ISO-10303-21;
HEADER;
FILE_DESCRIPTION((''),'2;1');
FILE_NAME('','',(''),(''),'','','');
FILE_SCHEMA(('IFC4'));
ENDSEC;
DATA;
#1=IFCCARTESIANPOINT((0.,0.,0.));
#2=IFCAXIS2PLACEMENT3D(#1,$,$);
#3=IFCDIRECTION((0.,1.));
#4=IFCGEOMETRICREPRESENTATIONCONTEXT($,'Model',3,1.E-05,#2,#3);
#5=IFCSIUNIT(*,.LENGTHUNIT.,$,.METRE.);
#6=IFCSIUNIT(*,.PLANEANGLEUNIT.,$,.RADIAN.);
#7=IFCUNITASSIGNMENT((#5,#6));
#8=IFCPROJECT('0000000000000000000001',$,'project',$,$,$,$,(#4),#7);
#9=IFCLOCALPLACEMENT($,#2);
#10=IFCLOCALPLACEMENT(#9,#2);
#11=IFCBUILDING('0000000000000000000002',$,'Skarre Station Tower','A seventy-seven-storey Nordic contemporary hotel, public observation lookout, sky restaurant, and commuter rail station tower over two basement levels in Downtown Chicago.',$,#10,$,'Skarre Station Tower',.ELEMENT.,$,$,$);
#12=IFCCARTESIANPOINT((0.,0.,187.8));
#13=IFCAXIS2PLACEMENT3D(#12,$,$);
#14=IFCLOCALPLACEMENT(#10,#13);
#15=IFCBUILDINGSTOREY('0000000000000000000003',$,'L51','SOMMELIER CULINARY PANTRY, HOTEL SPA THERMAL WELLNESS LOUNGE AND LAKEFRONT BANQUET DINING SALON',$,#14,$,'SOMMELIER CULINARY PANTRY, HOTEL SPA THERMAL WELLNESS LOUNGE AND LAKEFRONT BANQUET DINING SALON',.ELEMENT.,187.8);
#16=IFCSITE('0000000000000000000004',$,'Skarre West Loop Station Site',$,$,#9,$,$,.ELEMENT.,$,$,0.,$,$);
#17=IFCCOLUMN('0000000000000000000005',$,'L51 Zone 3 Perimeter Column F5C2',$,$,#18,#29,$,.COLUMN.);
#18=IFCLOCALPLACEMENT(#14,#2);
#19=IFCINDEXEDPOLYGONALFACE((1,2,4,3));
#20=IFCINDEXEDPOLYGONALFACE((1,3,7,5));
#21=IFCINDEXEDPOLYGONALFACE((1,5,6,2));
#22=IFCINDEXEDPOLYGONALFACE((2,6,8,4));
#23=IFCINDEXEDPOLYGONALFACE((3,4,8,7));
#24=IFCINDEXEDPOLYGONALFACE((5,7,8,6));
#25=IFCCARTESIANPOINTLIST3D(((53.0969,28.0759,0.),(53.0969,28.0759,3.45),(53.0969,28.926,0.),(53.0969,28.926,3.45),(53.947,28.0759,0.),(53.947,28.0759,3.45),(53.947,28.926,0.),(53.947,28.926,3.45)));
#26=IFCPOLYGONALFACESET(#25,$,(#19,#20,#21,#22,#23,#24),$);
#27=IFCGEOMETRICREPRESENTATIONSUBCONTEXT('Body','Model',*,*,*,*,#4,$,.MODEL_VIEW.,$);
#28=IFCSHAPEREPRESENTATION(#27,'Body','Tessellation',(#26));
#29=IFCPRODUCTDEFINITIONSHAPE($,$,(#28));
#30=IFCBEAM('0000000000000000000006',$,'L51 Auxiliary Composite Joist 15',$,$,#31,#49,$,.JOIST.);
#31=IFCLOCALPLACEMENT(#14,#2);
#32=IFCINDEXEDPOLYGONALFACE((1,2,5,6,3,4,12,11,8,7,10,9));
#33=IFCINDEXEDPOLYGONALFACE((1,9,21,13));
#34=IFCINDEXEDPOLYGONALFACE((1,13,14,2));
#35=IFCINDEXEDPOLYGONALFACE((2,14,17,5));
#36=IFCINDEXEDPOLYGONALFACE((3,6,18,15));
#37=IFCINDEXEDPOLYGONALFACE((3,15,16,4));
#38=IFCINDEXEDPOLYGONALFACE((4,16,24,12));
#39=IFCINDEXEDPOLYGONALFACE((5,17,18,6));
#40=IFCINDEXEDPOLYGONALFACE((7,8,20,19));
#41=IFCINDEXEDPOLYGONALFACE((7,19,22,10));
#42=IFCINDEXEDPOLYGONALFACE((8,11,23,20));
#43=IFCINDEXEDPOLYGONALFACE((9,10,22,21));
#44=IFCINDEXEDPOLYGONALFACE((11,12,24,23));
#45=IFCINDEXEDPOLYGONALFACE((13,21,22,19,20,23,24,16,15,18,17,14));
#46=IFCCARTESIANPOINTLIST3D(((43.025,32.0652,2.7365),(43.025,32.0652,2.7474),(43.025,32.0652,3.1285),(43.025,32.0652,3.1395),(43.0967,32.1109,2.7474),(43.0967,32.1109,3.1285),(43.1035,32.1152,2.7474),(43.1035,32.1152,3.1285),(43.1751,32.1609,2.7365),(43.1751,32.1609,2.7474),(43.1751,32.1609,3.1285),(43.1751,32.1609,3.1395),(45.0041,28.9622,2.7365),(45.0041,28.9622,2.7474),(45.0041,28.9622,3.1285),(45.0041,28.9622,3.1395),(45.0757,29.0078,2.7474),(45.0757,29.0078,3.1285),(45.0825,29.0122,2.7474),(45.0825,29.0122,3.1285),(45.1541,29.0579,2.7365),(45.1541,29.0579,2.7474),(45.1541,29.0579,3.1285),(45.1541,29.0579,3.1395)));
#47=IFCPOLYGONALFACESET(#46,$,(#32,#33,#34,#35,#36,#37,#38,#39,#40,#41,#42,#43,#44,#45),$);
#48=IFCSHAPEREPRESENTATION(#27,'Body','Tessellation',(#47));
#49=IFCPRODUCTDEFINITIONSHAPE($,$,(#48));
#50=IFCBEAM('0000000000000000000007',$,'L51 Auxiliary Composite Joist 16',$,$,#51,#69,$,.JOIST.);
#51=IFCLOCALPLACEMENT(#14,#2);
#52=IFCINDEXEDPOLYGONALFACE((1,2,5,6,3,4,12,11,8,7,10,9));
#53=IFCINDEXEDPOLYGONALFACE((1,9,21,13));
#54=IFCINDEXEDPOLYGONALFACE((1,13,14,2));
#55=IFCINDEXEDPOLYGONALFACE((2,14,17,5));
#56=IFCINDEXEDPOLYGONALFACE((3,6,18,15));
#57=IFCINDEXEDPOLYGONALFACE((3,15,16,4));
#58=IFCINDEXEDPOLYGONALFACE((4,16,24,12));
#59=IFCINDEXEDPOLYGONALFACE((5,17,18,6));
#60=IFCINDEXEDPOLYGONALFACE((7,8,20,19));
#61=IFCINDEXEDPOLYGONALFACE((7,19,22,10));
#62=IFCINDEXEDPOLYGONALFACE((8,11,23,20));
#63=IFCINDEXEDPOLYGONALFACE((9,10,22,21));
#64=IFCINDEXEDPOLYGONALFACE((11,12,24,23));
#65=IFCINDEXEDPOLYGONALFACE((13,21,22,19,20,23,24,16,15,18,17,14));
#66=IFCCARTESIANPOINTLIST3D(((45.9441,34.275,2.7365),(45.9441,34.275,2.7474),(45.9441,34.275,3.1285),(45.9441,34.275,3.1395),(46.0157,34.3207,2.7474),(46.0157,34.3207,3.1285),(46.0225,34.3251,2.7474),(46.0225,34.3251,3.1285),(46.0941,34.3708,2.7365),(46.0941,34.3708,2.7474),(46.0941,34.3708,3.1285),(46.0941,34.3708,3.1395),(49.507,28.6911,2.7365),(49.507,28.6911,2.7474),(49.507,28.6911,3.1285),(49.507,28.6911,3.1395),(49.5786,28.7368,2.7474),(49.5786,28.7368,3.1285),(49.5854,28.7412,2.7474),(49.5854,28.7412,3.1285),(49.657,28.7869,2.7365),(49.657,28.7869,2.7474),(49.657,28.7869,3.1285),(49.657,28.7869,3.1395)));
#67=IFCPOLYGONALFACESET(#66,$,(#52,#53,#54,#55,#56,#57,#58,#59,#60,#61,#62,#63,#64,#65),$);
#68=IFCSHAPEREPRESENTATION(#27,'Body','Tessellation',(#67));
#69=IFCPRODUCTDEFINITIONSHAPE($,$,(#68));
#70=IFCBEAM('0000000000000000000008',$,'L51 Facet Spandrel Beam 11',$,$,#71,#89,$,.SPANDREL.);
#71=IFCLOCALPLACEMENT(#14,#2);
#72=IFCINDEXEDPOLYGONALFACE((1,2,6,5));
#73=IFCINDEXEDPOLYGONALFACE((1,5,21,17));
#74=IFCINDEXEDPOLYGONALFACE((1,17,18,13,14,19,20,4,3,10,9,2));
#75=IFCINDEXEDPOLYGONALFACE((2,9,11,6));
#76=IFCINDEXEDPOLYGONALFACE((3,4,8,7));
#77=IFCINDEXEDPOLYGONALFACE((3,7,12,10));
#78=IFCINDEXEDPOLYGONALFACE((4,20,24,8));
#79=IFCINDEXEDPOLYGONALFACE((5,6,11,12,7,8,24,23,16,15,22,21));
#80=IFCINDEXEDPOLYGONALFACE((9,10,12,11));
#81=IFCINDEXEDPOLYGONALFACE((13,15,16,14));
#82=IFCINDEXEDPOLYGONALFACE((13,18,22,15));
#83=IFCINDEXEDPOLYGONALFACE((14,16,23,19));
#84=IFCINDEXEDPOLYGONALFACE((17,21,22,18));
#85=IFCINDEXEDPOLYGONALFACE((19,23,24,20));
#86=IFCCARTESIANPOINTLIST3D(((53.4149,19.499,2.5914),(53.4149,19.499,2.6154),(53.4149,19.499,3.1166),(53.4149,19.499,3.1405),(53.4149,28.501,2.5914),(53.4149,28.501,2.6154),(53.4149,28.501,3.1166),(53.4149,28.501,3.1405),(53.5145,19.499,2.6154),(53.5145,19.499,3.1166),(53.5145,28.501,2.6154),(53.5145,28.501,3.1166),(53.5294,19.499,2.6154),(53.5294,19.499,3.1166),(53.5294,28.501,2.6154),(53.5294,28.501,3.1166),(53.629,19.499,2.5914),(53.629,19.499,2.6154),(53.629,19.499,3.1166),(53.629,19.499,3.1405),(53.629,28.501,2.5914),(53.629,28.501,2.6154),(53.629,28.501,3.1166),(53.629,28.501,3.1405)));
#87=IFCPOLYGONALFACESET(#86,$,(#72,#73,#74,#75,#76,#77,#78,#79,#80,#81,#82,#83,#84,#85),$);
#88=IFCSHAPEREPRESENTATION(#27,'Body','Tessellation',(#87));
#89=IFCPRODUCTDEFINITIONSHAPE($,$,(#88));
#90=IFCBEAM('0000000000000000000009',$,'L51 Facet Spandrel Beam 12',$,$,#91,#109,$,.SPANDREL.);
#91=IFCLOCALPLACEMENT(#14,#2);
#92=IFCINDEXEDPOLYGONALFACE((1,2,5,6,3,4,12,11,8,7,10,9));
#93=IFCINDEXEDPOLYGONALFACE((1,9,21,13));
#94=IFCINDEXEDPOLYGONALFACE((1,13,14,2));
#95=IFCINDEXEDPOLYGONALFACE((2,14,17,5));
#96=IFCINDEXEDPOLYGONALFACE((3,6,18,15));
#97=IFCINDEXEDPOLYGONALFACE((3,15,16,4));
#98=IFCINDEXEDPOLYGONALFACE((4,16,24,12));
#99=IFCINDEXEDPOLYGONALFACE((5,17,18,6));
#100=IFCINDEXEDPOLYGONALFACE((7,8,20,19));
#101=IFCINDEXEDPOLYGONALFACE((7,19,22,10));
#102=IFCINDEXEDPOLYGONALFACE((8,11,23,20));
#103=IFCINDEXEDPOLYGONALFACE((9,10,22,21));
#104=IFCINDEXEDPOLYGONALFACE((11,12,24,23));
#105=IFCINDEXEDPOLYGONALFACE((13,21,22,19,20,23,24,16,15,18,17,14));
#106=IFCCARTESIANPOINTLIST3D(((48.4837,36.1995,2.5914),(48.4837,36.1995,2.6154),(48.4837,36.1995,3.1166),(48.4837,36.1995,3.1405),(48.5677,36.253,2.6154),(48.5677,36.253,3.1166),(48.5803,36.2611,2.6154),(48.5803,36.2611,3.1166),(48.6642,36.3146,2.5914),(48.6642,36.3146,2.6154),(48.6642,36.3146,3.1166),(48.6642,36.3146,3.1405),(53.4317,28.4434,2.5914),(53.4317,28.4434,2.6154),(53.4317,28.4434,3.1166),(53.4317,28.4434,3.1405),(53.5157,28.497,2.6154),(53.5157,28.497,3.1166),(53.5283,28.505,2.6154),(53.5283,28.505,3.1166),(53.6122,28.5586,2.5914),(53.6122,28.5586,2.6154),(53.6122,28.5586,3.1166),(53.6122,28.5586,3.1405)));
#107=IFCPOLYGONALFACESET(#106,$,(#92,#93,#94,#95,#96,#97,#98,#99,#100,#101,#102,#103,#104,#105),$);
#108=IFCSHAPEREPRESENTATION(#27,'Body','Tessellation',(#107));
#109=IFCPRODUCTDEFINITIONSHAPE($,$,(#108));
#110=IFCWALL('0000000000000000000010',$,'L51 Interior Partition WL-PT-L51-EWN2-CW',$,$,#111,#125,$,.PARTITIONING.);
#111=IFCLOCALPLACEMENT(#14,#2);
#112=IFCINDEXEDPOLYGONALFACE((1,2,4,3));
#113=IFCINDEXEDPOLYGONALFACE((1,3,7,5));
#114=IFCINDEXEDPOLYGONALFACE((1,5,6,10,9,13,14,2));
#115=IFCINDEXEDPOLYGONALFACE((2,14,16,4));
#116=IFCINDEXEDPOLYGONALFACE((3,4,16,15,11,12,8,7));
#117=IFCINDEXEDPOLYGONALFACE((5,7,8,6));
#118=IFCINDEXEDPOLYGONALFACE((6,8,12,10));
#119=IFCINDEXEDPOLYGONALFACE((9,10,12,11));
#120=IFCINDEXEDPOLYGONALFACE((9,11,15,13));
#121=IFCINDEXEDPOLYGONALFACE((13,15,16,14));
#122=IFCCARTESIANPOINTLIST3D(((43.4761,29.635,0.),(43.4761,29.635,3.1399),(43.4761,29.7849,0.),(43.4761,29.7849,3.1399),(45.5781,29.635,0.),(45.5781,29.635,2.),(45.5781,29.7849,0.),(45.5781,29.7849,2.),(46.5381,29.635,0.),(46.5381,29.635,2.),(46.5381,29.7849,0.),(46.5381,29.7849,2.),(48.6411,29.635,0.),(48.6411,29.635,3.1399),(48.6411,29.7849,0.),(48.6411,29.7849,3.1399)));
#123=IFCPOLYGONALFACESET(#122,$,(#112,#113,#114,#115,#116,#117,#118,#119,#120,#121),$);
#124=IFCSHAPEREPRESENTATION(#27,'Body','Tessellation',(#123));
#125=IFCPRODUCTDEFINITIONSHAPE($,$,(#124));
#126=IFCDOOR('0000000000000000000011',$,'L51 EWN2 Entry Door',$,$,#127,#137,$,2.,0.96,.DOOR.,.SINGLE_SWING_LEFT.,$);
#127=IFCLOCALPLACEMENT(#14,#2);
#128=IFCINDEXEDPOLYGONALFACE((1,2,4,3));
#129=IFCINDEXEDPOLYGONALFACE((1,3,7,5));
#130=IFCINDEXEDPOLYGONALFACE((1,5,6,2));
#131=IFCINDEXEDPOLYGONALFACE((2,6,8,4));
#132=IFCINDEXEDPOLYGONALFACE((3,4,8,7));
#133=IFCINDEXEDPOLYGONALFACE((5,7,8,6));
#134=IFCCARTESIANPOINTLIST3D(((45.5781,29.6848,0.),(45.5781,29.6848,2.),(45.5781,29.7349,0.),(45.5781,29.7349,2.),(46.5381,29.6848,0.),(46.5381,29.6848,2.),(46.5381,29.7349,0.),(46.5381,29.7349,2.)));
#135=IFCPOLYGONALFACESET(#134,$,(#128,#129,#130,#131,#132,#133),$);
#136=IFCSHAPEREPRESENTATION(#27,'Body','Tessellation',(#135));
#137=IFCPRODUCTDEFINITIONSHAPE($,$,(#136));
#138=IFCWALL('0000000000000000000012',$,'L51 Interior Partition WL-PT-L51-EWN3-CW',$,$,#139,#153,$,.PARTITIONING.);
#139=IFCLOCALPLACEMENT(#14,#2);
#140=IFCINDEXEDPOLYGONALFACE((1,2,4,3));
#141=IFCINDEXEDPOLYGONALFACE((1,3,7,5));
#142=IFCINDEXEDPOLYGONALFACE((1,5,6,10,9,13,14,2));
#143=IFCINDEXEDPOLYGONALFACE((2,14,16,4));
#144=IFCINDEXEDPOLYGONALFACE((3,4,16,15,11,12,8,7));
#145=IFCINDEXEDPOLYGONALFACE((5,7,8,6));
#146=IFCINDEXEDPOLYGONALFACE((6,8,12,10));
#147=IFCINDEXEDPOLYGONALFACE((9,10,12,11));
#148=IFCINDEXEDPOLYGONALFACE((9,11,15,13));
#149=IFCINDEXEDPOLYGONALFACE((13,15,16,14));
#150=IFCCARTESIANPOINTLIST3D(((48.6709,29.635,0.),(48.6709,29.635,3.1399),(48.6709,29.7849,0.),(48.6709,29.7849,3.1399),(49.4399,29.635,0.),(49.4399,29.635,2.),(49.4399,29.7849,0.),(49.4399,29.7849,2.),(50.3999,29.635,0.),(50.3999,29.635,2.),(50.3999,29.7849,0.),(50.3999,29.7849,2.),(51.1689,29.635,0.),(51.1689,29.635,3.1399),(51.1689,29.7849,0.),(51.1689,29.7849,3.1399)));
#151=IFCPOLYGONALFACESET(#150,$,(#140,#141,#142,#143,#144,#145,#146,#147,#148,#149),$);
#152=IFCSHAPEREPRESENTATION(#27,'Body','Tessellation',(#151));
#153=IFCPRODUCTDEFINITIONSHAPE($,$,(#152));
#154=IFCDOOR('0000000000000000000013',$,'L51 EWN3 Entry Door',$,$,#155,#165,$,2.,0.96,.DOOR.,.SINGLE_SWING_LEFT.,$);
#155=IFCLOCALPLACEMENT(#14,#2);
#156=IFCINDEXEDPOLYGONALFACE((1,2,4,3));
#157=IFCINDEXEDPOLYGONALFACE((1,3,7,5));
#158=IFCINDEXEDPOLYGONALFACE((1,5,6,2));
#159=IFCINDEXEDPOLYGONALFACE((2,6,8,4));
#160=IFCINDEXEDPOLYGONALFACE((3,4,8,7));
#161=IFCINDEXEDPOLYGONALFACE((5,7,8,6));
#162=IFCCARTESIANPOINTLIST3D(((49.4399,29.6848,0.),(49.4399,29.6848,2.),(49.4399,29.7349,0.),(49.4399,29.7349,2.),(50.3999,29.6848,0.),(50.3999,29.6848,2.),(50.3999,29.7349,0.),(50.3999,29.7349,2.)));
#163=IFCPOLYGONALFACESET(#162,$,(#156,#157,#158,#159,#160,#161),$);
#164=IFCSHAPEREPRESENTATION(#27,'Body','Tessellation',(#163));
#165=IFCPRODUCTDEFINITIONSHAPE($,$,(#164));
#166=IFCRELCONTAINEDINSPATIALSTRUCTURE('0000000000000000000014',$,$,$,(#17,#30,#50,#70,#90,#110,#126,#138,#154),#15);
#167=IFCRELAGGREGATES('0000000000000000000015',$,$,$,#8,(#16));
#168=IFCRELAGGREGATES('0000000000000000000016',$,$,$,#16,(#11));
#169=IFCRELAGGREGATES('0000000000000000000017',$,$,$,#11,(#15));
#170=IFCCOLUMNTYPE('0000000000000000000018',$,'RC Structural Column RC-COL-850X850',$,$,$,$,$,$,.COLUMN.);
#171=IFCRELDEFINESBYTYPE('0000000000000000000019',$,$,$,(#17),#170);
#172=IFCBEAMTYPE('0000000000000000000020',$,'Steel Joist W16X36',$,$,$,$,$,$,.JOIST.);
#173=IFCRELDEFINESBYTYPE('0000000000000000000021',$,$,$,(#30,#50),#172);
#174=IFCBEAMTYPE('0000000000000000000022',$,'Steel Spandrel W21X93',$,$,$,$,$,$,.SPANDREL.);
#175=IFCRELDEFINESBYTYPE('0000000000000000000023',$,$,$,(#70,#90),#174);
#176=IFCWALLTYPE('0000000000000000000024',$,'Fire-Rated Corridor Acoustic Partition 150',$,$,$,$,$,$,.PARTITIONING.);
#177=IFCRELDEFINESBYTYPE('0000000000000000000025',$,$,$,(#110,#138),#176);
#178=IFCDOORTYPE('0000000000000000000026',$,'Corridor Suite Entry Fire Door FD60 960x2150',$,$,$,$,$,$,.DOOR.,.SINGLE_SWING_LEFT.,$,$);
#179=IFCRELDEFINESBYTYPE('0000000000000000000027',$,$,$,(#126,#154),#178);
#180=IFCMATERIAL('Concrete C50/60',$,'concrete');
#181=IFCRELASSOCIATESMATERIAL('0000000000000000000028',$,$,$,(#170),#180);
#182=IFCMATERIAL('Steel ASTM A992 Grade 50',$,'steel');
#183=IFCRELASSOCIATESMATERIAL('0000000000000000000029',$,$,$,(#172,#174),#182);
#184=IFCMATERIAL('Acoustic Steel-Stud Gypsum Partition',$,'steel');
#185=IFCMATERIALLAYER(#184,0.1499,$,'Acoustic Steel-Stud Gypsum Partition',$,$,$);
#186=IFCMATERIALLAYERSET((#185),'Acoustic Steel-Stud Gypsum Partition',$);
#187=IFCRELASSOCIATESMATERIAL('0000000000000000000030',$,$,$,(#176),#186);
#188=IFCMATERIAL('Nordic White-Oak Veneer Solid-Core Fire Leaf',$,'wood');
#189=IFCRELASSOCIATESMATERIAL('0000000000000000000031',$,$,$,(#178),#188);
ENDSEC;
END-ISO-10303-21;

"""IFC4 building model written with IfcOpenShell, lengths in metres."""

from ifc_helpers import new_model, si_unit, direction, frame, frame_2d, origin, origin_2d, place, context, subcontext, project, spatial, rectangle, i_section, extrude, material, layer, layer_set, material_profile, profile_set, type_object, element, fill, save


model = new_model("IFC4")

# Units and contexts
model_context = context("Model", 3, precision=1e-05, world=origin(), true_north=direction((0.0, 1.0)))
body_context = subcontext(model_context, "Body", "Model", "MODEL_VIEW")
ifc_project = project(units=[si_unit("LENGTHUNIT", "METRE"), si_unit("PLANEANGLEUNIT", "RADIAN")], contexts=[model_context])

# Site, building, storey
site_placement = place(None, origin())
site = spatial("IfcSite", under=ifc_project, at=site_placement, Name="Skarre West Loop Station Site", CompositionType="ELEMENT", RefElevation=0.0)
building_placement = place(site_placement, origin())
building = spatial("IfcBuilding", under=site, at=building_placement, Name="Skarre Station Tower", Description="A seventy-seven-storey Nordic contemporary hotel, public observation lookout, sky restaurant, and commuter rail station tower over two basement levels in Downtown Chicago.", LongName="Skarre Station Tower", CompositionType="ELEMENT")
storey_placement = place(building_placement, frame((0.0, 0.0, 187.8)))
storey = spatial("IfcBuildingStorey", under=building, at=storey_placement, Name="L51", Description="SOMMELIER CULINARY PANTRY, HOTEL SPA THERMAL WELLNESS LOUNGE AND LAKEFRONT BANQUET DINING SALON", LongName="SOMMELIER CULINARY PANTRY, HOTEL SPA THERMAL WELLNESS LOUNGE AND LAKEFRONT BANQUET DINING SALON", CompositionType="ELEMENT", Elevation=187.8)

# Column
ifc_material_1 = material(Name="Concrete C50/60", Category="concrete")
ifc_material_profile_1 = material_profile(ifc_material_1, rectangle(XDim=0.8501, YDim=0.8501, at=origin_2d()), Name="Concrete C50/60")
ifc_profile_set_1 = profile_set([ifc_material_profile_1], Name="Concrete C50/60")
column_type = type_object("IfcColumnType", Name="RC Structural Column RC-COL-850X850", PredefinedType="COLUMN", material=ifc_profile_set_1)
column_placement = place(storey_placement, frame((53.522, 28.501, 0.0), z_axis=(0.0, 0.0, 1.0), x_axis=(1.0, 0.0, 0.0)))
element("IfcColumn", 1, at=column_placement, inside=storey, type_object=column_type, Name="L51 Zone 3 Perimeter Column F5C2", PredefinedType="COLUMN", context=body_context, shape_type="SweptSolid", body=[
    extrude(rectangle(XDim=0.8501, YDim=0.8501, at=origin_2d()), origin(), (0.0, 0.0, 1.0), 3.45),
])

# Beams
ifc_material_2 = material(Name="Steel ASTM A992 Grade 50", Category="steel")
ifc_material_profile_2 = material_profile(ifc_material_2, i_section(OverallWidth=0.178, OverallDepth=0.4031, WebThickness=0.0081, FlangeThickness=0.011, at=origin_2d()), Name="Steel ASTM A992 Grade 50")
ifc_profile_set_2 = profile_set([ifc_material_profile_2], Name="Steel ASTM A992 Grade 50")
beam_type_1 = type_object("IfcBeamType", Name="Steel Joist W16X36", PredefinedType="JOIST", material=ifc_profile_set_2)
beam_1_placement = place(storey_placement, frame((45.0791, 29.01, 2.938), z_axis=(-0.537717, 0.843126, 0.0), x_axis=(-0.843126, -0.537717, 0.0)))
element("IfcBeam", 2, at=beam_1_placement, inside=storey, type_object=beam_type_1, Name="L51 Auxiliary Composite Joist 15", PredefinedType="JOIST", context=body_context, shape_type="SweptSolid", body=[
    extrude(i_section(OverallWidth=0.178, OverallDepth=0.4031, WebThickness=0.0081, FlangeThickness=0.011, at=origin_2d()), origin(), (0.0, 0.0, 1.0), 3.6804),
])
beam_2_placement = place(storey_placement, frame((49.582, 28.739, 2.938), z_axis=(-0.537901, 0.843008, 0.0), x_axis=(-0.843008, -0.537901, 0.0)))
element("IfcBeam", 3, at=beam_2_placement, inside=storey, type_object=beam_type_1, Name="L51 Auxiliary Composite Joist 16", PredefinedType="JOIST", context=body_context, shape_type="SweptSolid", body=[
    extrude(i_section(OverallWidth=0.178, OverallDepth=0.4031, WebThickness=0.0081, FlangeThickness=0.011, at=origin_2d()), origin(), (0.0, 0.0, 1.0), 6.6238),
])
ifc_material_profile_3 = material_profile(ifc_material_2, i_section(OverallWidth=0.2141, OverallDepth=0.5491, WebThickness=0.0149, FlangeThickness=0.0239, at=origin_2d()), Name="Steel ASTM A992 Grade 50")
ifc_profile_set_3 = profile_set([ifc_material_profile_3], Name="Steel ASTM A992 Grade 50")
beam_type_2 = type_object("IfcBeamType", Name="Steel Spandrel W21X93", PredefinedType="SPANDREL", material=ifc_profile_set_3)
beam_3_placement = place(storey_placement, frame((53.522, 19.499, 2.866), z_axis=(0.0, 1.0, 0.0), x_axis=(-1.0, 0.0, 0.0)))
element("IfcBeam", 4, at=beam_3_placement, inside=storey, type_object=beam_type_2, Name="L51 Facet Spandrel Beam 11", PredefinedType="SPANDREL", context=body_context, shape_type="SweptSolid", body=[
    extrude(i_section(OverallWidth=0.2141, OverallDepth=0.5491, WebThickness=0.0149, FlangeThickness=0.0239, at=origin_2d()), origin(), (0.0, 0.0, 1.0), 9.002),
])
beam_4_placement = place(storey_placement, frame((53.522, 28.501, 2.866), z_axis=(-0.537826, 0.843056, 0.0), x_axis=(-0.843056, -0.537826, 0.0)))
element("IfcBeam", 5, at=beam_4_placement, inside=storey, type_object=beam_type_2, Name="L51 Facet Spandrel Beam 12", PredefinedType="SPANDREL", context=body_context, shape_type="SweptSolid", body=[
    extrude(i_section(OverallWidth=0.2141, OverallDepth=0.5491, WebThickness=0.0149, FlangeThickness=0.0239, at=origin_2d()), origin(), (0.0, 0.0, 1.0), 9.2),
])

# Walls, openings, doors
ifc_material_3 = material(Name="Acoustic Steel-Stud Gypsum Partition", Category="steel")
ifc_layer_1 = layer(ifc_material_3, 0.1499, Name="Acoustic Steel-Stud Gypsum Partition")
ifc_layer_set_1 = layer_set([ifc_layer_1], Name="Acoustic Steel-Stud Gypsum Partition")
wall_type_1 = type_object("IfcWallType", Name="Fire-Rated Corridor Acoustic Partition 150", PredefinedType="PARTITIONING", material=ifc_layer_set_1)
wall_1_placement = place(storey_placement, frame((43.4761, 29.71, 0.0), z_axis=(0.0, 0.0, 1.0), x_axis=(1.0, 0.0, 0.0)))
wall_1 = element("IfcWall", 6, at=wall_1_placement, inside=storey, type_object=wall_type_1, Name="L51 Interior Partition WL-PT-L51-EWN2-CW", PredefinedType="PARTITIONING", context=body_context, shape_type="SweptSolid", body=[
    extrude(rectangle(XDim=5.165, YDim=0.1499, at=frame_2d((2.5825, 0.0))), origin(), (0.0, 0.0, 1.0), 3.1399),
])
opening_1_placement = place(wall_1_placement, frame((2.1021, 0.0, 0.0)))
opening_1 = element("IfcOpeningElement", 7, at=opening_1_placement, cuts=wall_1, PredefinedType="OPENING", context=body_context, shape_type="SweptSolid", body=[
    extrude(rectangle(XDim=0.96, YDim=2.0, at=frame_2d((0.48, 1.0))), frame((0.0, 0.085, 0.0), z_axis=(0.0, -1.0, 0.0), x_axis=(1.0, 0.0, 0.0)), (0.0, 0.0, 1.0), 0.1699),
])
ifc_material_4 = material(Name="Nordic White-Oak Veneer Solid-Core Fire Leaf", Category="wood")
door_type = type_object("IfcDoorType", Name="Corridor Suite Entry Fire Door FD60 960x2150", OperationType="SINGLE_SWING_LEFT", PredefinedType="DOOR", material=ifc_material_4)
door_1_placement = place(opening_1_placement, origin())
door_1 = element("IfcDoor", 8, at=door_1_placement, inside=storey, type_object=door_type, Name="L51 EWN2 Entry Door", OperationType="SINGLE_SWING_LEFT", OverallHeight=2.0, OverallWidth=0.96, PredefinedType="DOOR", context=body_context, shape_type="SweptSolid", body=[
    extrude(rectangle(XDim=0.96, YDim=2.0, at=frame_2d((0.48, 1.0))), frame((0.0, 0.0249, 0.0), z_axis=(0.0, -1.0, 0.0), x_axis=(1.0, 0.0, 0.0)), (0.0, 0.0, 1.0), 0.05),
])
fill(opening_1, door_1)
wall_2_placement = place(storey_placement, frame((48.6709, 29.71, 0.0), z_axis=(0.0, 0.0, 1.0), x_axis=(1.0, 0.0, 0.0)))
wall_2 = element("IfcWall", 9, at=wall_2_placement, inside=storey, type_object=wall_type_1, Name="L51 Interior Partition WL-PT-L51-EWN3-CW", PredefinedType="PARTITIONING", context=body_context, shape_type="SweptSolid", body=[
    extrude(rectangle(XDim=2.498, YDim=0.1499, at=frame_2d((1.249, 0.0))), origin(), (0.0, 0.0, 1.0), 3.1399),
])
opening_2_placement = place(wall_2_placement, frame((0.769, 0.0, 0.0)))
opening_2 = element("IfcOpeningElement", 10, at=opening_2_placement, cuts=wall_2, PredefinedType="OPENING", context=body_context, shape_type="SweptSolid", body=[
    extrude(rectangle(XDim=0.96, YDim=2.0, at=frame_2d((0.48, 1.0))), frame((0.0, 0.085, 0.0), z_axis=(0.0, -1.0, 0.0), x_axis=(1.0, 0.0, 0.0)), (0.0, 0.0, 1.0), 0.1699),
])
door_2_placement = place(opening_2_placement, origin())
door_2 = element("IfcDoor", 11, at=door_2_placement, inside=storey, type_object=door_type, Name="L51 EWN3 Entry Door", OperationType="SINGLE_SWING_LEFT", OverallHeight=2.0, OverallWidth=0.96, PredefinedType="DOOR", context=body_context, shape_type="SweptSolid", body=[
    extrude(rectangle(XDim=0.96, YDim=2.0, at=frame_2d((0.48, 1.0))), frame((0.0, 0.0249, 0.0), z_axis=(0.0, -1.0, 0.0), x_axis=(1.0, 0.0, 0.0)), (0.0, 0.0, 1.0), 0.05),
])
fill(opening_2, door_2)

save(model, "model.ifc")
